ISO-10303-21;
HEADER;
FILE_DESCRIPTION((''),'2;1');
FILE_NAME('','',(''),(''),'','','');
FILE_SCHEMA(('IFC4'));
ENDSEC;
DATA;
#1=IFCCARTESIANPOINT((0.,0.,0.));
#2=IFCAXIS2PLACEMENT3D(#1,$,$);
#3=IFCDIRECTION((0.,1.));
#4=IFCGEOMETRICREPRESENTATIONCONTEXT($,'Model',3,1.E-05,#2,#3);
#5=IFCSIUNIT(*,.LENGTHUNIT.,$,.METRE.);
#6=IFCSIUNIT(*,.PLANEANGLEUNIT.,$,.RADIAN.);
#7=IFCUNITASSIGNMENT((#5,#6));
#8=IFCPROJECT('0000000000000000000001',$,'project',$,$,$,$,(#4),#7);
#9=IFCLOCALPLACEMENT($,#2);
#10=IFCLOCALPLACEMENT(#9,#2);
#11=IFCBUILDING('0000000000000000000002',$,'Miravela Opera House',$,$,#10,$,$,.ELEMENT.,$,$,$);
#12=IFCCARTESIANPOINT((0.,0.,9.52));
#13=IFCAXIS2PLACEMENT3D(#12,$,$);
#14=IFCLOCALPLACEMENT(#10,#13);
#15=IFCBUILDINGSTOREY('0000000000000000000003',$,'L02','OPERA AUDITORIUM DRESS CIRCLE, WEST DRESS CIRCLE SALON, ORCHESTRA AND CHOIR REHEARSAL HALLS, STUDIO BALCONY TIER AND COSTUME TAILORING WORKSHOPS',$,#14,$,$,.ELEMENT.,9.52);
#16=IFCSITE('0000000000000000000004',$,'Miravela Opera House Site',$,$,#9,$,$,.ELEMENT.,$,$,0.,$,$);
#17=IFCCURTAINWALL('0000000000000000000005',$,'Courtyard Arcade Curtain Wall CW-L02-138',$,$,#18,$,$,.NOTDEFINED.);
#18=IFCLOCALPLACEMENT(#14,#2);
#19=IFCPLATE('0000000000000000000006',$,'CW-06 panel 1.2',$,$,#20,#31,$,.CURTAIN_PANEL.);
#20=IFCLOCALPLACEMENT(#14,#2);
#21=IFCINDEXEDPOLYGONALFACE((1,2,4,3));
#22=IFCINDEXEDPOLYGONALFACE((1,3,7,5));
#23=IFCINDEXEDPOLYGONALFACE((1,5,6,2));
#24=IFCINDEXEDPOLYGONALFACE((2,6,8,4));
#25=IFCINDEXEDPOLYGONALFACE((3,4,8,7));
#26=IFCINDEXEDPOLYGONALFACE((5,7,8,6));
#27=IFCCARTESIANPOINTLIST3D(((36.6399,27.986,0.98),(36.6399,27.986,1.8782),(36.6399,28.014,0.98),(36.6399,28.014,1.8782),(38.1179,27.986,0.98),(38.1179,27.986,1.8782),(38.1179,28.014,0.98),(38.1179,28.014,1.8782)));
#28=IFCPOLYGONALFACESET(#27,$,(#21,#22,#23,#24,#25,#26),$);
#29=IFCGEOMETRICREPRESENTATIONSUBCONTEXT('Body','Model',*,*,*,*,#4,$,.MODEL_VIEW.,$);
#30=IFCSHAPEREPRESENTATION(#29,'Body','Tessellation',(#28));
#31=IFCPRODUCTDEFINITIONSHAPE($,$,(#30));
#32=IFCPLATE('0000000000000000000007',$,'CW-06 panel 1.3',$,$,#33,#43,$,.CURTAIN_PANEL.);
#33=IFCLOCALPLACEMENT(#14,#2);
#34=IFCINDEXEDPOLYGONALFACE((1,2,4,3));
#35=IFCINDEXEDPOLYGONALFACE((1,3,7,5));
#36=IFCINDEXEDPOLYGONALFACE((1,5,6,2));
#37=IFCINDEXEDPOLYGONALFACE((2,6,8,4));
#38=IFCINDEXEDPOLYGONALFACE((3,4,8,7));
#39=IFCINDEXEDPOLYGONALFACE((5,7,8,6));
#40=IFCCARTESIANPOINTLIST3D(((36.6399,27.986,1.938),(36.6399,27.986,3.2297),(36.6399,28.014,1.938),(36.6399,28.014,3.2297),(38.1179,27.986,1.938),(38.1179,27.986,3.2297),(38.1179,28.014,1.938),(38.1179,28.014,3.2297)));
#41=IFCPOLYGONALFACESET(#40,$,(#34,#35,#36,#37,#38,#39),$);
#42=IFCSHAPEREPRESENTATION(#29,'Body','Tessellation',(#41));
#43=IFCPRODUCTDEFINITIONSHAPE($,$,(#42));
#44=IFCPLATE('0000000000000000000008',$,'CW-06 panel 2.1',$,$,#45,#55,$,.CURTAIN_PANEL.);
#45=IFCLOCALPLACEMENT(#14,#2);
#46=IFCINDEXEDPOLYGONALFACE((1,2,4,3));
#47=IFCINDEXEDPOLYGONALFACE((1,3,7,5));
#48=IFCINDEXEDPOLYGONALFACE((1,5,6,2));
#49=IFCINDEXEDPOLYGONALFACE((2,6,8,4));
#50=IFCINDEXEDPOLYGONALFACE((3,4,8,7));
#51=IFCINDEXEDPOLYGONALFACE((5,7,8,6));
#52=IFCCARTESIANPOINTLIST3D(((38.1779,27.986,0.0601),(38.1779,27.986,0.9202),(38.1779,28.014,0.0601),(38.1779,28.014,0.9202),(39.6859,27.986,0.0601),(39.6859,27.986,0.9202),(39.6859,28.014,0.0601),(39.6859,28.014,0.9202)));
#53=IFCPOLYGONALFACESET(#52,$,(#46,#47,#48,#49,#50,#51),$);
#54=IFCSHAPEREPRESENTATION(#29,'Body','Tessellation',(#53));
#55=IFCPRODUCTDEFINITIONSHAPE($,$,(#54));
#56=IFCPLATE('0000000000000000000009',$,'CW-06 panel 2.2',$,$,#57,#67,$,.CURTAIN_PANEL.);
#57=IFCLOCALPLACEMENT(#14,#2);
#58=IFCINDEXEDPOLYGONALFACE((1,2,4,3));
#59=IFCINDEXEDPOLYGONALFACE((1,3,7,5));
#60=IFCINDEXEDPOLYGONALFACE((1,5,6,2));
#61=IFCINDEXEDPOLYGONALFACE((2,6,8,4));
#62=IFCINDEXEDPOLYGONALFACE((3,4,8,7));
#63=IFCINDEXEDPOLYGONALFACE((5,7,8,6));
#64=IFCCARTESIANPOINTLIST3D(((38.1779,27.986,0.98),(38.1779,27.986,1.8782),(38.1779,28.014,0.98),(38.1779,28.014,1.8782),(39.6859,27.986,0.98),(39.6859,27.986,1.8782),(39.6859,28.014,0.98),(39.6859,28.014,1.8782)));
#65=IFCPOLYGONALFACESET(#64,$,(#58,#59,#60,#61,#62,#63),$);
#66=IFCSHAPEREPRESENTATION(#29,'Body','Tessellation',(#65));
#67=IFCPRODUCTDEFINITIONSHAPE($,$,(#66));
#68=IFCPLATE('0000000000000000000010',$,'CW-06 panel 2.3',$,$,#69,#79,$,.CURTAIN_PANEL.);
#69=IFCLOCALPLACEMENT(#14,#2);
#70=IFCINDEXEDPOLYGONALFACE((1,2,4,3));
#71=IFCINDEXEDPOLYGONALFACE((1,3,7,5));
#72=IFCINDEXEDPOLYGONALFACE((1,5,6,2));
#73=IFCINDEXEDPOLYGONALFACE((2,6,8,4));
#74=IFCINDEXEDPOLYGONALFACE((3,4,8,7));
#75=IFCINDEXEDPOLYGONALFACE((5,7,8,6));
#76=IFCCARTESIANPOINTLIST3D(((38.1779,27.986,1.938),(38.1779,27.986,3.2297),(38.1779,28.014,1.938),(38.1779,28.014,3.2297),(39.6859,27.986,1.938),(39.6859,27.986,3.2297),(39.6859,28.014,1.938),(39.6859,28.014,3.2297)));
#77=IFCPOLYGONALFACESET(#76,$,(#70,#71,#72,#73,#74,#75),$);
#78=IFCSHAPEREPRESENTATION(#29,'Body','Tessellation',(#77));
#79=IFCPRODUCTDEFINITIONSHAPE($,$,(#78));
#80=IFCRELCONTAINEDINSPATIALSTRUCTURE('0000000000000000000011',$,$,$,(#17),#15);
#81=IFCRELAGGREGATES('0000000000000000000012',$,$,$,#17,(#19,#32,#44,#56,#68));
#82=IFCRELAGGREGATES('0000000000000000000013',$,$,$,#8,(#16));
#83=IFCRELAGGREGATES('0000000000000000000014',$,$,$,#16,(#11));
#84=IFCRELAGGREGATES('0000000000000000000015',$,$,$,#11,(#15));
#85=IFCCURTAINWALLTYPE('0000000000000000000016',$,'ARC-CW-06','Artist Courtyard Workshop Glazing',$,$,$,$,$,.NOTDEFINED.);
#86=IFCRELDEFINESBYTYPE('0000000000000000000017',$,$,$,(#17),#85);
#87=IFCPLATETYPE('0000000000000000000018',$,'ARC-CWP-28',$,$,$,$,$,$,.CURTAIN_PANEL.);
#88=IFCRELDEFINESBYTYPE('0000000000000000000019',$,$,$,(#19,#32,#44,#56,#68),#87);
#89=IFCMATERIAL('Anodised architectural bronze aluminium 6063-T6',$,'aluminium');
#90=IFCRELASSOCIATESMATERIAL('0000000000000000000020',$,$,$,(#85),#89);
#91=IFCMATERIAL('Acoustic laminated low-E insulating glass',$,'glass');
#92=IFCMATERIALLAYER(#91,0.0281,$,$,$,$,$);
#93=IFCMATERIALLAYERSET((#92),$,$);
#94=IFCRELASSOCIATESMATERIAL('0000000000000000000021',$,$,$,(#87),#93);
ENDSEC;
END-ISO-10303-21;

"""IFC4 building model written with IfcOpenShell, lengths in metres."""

from ifc_helpers import new_model, si_unit, direction, frame, origin, origin_2d, place, context, subcontext, project, spatial, rectangle, extrude, material, layer, layer_set, type_object, element, aggregate, save


model = new_model("IFC4")

# Units and contexts
model_context = context("Model", 3, precision=1e-05, world=origin(), true_north=direction((0.0, 1.0)))
body_context = subcontext(model_context, "Body", "Model", "MODEL_VIEW")
ifc_project = project(units=[si_unit("LENGTHUNIT", "METRE"), si_unit("PLANEANGLEUNIT", "RADIAN")], contexts=[model_context])

# Site, building, storey
site_placement = place(None, origin())
site = spatial("IfcSite", under=ifc_project, at=site_placement, Name="Miravela Opera House Site", CompositionType="ELEMENT", RefElevation=0.0)
building_placement = place(site_placement, origin())
building = spatial("IfcBuilding", under=site, at=building_placement, Name="Miravela Opera House", CompositionType="ELEMENT")
storey_placement = place(building_placement, frame((0.0, 0.0, 9.52)))
storey = spatial("IfcBuildingStorey", under=building, at=storey_placement, Name="L02", Description="OPERA AUDITORIUM DRESS CIRCLE, WEST DRESS CIRCLE SALON, ORCHESTRA AND CHOIR REHEARSAL HALLS, STUDIO BALCONY TIER AND COSTUME TAILORING WORKSHOPS", CompositionType="ELEMENT", Elevation=9.52)

# Shared definitions
ifc_material_1 = material(Name="Anodised architectural bronze aluminium 6063-T6", Category="aluminium")
curtain_wall_type = type_object("IfcCurtainWallType", Name="ARC-CW-06", Description="Artist Courtyard Workshop Glazing", PredefinedType="NOTDEFINED", material=ifc_material_1)

# Curtain wall
curtain_wall_1_placement = place(storey_placement, origin())
curtain_wall_1 = element("IfcCurtainWall", 1, at=curtain_wall_1_placement, inside=storey, type_object=curtain_wall_type, Name="Courtyard Arcade Curtain Wall CW-L02-138", PredefinedType="NOTDEFINED")

# Plates
ifc_material_2 = material(Name="Acoustic laminated low-E insulating glass", Category="glass")
ifc_layer = layer(ifc_material_2, 0.0281)
ifc_layer_set = layer_set([ifc_layer])
plate_type = type_object("IfcPlateType", Name="ARC-CWP-28", PredefinedType="CURTAIN_PANEL", material=ifc_layer_set)
plate_1_placement = place(storey_placement, frame((37.3789, 28.0, 0.98), z_axis=(0.0, 0.0, 1.0), x_axis=(1.0, 0.0, 0.0)))
plate_1 = element("IfcPlate", 2, at=plate_1_placement, type_object=plate_type, Name="CW-06 panel 1.2", PredefinedType="CURTAIN_PANEL", context=body_context, shape_type="SweptSolid", body=[
    extrude(rectangle(XDim=1.478, YDim=0.0281, at=origin_2d()), origin(), (0.0, 0.0, 1.0), 0.8982),
])
plate_2_placement = place(storey_placement, frame((37.3789, 28.0, 1.938), z_axis=(0.0, 0.0, 1.0), x_axis=(1.0, 0.0, 0.0)))
plate_2 = element("IfcPlate", 3, at=plate_2_placement, type_object=plate_type, Name="CW-06 panel 1.3", PredefinedType="CURTAIN_PANEL", context=body_context, shape_type="SweptSolid", body=[
    extrude(rectangle(XDim=1.478, YDim=0.0281, at=origin_2d()), origin(), (0.0, 0.0, 1.0), 1.2917),
])
plate_3_placement = place(storey_placement, frame((38.9319, 28.0, 0.0601), z_axis=(0.0, 0.0, 1.0), x_axis=(1.0, 0.0, 0.0)))
plate_3 = element("IfcPlate", 4, at=plate_3_placement, type_object=plate_type, Name="CW-06 panel 2.1", PredefinedType="CURTAIN_PANEL", context=body_context, shape_type="SweptSolid", body=[
    extrude(rectangle(XDim=1.5081, YDim=0.0281, at=origin_2d()), origin(), (0.0, 0.0, 1.0), 0.8601),
])
plate_4_placement = place(storey_placement, frame((38.9319, 28.0, 0.98), z_axis=(0.0, 0.0, 1.0), x_axis=(1.0, 0.0, 0.0)))
plate_4 = element("IfcPlate", 5, at=plate_4_placement, type_object=plate_type, Name="CW-06 panel 2.2", PredefinedType="CURTAIN_PANEL", context=body_context, shape_type="SweptSolid", body=[
    extrude(rectangle(XDim=1.5081, YDim=0.0281, at=origin_2d()), origin(), (0.0, 0.0, 1.0), 0.8982),
])
plate_5_placement = place(storey_placement, frame((38.9319, 28.0, 1.938), z_axis=(0.0, 0.0, 1.0), x_axis=(1.0, 0.0, 0.0)))
plate_5 = element("IfcPlate", 6, at=plate_5_placement, type_object=plate_type, Name="CW-06 panel 2.3", PredefinedType="CURTAIN_PANEL", context=body_context, shape_type="SweptSolid", body=[
    extrude(rectangle(XDim=1.5081, YDim=0.0281, at=origin_2d()), origin(), (0.0, 0.0, 1.0), 1.2917),
])
aggregate(curtain_wall_1, [plate_1, plate_2, plate_3, plate_4, plate_5])

save(model, "model.ifc")
